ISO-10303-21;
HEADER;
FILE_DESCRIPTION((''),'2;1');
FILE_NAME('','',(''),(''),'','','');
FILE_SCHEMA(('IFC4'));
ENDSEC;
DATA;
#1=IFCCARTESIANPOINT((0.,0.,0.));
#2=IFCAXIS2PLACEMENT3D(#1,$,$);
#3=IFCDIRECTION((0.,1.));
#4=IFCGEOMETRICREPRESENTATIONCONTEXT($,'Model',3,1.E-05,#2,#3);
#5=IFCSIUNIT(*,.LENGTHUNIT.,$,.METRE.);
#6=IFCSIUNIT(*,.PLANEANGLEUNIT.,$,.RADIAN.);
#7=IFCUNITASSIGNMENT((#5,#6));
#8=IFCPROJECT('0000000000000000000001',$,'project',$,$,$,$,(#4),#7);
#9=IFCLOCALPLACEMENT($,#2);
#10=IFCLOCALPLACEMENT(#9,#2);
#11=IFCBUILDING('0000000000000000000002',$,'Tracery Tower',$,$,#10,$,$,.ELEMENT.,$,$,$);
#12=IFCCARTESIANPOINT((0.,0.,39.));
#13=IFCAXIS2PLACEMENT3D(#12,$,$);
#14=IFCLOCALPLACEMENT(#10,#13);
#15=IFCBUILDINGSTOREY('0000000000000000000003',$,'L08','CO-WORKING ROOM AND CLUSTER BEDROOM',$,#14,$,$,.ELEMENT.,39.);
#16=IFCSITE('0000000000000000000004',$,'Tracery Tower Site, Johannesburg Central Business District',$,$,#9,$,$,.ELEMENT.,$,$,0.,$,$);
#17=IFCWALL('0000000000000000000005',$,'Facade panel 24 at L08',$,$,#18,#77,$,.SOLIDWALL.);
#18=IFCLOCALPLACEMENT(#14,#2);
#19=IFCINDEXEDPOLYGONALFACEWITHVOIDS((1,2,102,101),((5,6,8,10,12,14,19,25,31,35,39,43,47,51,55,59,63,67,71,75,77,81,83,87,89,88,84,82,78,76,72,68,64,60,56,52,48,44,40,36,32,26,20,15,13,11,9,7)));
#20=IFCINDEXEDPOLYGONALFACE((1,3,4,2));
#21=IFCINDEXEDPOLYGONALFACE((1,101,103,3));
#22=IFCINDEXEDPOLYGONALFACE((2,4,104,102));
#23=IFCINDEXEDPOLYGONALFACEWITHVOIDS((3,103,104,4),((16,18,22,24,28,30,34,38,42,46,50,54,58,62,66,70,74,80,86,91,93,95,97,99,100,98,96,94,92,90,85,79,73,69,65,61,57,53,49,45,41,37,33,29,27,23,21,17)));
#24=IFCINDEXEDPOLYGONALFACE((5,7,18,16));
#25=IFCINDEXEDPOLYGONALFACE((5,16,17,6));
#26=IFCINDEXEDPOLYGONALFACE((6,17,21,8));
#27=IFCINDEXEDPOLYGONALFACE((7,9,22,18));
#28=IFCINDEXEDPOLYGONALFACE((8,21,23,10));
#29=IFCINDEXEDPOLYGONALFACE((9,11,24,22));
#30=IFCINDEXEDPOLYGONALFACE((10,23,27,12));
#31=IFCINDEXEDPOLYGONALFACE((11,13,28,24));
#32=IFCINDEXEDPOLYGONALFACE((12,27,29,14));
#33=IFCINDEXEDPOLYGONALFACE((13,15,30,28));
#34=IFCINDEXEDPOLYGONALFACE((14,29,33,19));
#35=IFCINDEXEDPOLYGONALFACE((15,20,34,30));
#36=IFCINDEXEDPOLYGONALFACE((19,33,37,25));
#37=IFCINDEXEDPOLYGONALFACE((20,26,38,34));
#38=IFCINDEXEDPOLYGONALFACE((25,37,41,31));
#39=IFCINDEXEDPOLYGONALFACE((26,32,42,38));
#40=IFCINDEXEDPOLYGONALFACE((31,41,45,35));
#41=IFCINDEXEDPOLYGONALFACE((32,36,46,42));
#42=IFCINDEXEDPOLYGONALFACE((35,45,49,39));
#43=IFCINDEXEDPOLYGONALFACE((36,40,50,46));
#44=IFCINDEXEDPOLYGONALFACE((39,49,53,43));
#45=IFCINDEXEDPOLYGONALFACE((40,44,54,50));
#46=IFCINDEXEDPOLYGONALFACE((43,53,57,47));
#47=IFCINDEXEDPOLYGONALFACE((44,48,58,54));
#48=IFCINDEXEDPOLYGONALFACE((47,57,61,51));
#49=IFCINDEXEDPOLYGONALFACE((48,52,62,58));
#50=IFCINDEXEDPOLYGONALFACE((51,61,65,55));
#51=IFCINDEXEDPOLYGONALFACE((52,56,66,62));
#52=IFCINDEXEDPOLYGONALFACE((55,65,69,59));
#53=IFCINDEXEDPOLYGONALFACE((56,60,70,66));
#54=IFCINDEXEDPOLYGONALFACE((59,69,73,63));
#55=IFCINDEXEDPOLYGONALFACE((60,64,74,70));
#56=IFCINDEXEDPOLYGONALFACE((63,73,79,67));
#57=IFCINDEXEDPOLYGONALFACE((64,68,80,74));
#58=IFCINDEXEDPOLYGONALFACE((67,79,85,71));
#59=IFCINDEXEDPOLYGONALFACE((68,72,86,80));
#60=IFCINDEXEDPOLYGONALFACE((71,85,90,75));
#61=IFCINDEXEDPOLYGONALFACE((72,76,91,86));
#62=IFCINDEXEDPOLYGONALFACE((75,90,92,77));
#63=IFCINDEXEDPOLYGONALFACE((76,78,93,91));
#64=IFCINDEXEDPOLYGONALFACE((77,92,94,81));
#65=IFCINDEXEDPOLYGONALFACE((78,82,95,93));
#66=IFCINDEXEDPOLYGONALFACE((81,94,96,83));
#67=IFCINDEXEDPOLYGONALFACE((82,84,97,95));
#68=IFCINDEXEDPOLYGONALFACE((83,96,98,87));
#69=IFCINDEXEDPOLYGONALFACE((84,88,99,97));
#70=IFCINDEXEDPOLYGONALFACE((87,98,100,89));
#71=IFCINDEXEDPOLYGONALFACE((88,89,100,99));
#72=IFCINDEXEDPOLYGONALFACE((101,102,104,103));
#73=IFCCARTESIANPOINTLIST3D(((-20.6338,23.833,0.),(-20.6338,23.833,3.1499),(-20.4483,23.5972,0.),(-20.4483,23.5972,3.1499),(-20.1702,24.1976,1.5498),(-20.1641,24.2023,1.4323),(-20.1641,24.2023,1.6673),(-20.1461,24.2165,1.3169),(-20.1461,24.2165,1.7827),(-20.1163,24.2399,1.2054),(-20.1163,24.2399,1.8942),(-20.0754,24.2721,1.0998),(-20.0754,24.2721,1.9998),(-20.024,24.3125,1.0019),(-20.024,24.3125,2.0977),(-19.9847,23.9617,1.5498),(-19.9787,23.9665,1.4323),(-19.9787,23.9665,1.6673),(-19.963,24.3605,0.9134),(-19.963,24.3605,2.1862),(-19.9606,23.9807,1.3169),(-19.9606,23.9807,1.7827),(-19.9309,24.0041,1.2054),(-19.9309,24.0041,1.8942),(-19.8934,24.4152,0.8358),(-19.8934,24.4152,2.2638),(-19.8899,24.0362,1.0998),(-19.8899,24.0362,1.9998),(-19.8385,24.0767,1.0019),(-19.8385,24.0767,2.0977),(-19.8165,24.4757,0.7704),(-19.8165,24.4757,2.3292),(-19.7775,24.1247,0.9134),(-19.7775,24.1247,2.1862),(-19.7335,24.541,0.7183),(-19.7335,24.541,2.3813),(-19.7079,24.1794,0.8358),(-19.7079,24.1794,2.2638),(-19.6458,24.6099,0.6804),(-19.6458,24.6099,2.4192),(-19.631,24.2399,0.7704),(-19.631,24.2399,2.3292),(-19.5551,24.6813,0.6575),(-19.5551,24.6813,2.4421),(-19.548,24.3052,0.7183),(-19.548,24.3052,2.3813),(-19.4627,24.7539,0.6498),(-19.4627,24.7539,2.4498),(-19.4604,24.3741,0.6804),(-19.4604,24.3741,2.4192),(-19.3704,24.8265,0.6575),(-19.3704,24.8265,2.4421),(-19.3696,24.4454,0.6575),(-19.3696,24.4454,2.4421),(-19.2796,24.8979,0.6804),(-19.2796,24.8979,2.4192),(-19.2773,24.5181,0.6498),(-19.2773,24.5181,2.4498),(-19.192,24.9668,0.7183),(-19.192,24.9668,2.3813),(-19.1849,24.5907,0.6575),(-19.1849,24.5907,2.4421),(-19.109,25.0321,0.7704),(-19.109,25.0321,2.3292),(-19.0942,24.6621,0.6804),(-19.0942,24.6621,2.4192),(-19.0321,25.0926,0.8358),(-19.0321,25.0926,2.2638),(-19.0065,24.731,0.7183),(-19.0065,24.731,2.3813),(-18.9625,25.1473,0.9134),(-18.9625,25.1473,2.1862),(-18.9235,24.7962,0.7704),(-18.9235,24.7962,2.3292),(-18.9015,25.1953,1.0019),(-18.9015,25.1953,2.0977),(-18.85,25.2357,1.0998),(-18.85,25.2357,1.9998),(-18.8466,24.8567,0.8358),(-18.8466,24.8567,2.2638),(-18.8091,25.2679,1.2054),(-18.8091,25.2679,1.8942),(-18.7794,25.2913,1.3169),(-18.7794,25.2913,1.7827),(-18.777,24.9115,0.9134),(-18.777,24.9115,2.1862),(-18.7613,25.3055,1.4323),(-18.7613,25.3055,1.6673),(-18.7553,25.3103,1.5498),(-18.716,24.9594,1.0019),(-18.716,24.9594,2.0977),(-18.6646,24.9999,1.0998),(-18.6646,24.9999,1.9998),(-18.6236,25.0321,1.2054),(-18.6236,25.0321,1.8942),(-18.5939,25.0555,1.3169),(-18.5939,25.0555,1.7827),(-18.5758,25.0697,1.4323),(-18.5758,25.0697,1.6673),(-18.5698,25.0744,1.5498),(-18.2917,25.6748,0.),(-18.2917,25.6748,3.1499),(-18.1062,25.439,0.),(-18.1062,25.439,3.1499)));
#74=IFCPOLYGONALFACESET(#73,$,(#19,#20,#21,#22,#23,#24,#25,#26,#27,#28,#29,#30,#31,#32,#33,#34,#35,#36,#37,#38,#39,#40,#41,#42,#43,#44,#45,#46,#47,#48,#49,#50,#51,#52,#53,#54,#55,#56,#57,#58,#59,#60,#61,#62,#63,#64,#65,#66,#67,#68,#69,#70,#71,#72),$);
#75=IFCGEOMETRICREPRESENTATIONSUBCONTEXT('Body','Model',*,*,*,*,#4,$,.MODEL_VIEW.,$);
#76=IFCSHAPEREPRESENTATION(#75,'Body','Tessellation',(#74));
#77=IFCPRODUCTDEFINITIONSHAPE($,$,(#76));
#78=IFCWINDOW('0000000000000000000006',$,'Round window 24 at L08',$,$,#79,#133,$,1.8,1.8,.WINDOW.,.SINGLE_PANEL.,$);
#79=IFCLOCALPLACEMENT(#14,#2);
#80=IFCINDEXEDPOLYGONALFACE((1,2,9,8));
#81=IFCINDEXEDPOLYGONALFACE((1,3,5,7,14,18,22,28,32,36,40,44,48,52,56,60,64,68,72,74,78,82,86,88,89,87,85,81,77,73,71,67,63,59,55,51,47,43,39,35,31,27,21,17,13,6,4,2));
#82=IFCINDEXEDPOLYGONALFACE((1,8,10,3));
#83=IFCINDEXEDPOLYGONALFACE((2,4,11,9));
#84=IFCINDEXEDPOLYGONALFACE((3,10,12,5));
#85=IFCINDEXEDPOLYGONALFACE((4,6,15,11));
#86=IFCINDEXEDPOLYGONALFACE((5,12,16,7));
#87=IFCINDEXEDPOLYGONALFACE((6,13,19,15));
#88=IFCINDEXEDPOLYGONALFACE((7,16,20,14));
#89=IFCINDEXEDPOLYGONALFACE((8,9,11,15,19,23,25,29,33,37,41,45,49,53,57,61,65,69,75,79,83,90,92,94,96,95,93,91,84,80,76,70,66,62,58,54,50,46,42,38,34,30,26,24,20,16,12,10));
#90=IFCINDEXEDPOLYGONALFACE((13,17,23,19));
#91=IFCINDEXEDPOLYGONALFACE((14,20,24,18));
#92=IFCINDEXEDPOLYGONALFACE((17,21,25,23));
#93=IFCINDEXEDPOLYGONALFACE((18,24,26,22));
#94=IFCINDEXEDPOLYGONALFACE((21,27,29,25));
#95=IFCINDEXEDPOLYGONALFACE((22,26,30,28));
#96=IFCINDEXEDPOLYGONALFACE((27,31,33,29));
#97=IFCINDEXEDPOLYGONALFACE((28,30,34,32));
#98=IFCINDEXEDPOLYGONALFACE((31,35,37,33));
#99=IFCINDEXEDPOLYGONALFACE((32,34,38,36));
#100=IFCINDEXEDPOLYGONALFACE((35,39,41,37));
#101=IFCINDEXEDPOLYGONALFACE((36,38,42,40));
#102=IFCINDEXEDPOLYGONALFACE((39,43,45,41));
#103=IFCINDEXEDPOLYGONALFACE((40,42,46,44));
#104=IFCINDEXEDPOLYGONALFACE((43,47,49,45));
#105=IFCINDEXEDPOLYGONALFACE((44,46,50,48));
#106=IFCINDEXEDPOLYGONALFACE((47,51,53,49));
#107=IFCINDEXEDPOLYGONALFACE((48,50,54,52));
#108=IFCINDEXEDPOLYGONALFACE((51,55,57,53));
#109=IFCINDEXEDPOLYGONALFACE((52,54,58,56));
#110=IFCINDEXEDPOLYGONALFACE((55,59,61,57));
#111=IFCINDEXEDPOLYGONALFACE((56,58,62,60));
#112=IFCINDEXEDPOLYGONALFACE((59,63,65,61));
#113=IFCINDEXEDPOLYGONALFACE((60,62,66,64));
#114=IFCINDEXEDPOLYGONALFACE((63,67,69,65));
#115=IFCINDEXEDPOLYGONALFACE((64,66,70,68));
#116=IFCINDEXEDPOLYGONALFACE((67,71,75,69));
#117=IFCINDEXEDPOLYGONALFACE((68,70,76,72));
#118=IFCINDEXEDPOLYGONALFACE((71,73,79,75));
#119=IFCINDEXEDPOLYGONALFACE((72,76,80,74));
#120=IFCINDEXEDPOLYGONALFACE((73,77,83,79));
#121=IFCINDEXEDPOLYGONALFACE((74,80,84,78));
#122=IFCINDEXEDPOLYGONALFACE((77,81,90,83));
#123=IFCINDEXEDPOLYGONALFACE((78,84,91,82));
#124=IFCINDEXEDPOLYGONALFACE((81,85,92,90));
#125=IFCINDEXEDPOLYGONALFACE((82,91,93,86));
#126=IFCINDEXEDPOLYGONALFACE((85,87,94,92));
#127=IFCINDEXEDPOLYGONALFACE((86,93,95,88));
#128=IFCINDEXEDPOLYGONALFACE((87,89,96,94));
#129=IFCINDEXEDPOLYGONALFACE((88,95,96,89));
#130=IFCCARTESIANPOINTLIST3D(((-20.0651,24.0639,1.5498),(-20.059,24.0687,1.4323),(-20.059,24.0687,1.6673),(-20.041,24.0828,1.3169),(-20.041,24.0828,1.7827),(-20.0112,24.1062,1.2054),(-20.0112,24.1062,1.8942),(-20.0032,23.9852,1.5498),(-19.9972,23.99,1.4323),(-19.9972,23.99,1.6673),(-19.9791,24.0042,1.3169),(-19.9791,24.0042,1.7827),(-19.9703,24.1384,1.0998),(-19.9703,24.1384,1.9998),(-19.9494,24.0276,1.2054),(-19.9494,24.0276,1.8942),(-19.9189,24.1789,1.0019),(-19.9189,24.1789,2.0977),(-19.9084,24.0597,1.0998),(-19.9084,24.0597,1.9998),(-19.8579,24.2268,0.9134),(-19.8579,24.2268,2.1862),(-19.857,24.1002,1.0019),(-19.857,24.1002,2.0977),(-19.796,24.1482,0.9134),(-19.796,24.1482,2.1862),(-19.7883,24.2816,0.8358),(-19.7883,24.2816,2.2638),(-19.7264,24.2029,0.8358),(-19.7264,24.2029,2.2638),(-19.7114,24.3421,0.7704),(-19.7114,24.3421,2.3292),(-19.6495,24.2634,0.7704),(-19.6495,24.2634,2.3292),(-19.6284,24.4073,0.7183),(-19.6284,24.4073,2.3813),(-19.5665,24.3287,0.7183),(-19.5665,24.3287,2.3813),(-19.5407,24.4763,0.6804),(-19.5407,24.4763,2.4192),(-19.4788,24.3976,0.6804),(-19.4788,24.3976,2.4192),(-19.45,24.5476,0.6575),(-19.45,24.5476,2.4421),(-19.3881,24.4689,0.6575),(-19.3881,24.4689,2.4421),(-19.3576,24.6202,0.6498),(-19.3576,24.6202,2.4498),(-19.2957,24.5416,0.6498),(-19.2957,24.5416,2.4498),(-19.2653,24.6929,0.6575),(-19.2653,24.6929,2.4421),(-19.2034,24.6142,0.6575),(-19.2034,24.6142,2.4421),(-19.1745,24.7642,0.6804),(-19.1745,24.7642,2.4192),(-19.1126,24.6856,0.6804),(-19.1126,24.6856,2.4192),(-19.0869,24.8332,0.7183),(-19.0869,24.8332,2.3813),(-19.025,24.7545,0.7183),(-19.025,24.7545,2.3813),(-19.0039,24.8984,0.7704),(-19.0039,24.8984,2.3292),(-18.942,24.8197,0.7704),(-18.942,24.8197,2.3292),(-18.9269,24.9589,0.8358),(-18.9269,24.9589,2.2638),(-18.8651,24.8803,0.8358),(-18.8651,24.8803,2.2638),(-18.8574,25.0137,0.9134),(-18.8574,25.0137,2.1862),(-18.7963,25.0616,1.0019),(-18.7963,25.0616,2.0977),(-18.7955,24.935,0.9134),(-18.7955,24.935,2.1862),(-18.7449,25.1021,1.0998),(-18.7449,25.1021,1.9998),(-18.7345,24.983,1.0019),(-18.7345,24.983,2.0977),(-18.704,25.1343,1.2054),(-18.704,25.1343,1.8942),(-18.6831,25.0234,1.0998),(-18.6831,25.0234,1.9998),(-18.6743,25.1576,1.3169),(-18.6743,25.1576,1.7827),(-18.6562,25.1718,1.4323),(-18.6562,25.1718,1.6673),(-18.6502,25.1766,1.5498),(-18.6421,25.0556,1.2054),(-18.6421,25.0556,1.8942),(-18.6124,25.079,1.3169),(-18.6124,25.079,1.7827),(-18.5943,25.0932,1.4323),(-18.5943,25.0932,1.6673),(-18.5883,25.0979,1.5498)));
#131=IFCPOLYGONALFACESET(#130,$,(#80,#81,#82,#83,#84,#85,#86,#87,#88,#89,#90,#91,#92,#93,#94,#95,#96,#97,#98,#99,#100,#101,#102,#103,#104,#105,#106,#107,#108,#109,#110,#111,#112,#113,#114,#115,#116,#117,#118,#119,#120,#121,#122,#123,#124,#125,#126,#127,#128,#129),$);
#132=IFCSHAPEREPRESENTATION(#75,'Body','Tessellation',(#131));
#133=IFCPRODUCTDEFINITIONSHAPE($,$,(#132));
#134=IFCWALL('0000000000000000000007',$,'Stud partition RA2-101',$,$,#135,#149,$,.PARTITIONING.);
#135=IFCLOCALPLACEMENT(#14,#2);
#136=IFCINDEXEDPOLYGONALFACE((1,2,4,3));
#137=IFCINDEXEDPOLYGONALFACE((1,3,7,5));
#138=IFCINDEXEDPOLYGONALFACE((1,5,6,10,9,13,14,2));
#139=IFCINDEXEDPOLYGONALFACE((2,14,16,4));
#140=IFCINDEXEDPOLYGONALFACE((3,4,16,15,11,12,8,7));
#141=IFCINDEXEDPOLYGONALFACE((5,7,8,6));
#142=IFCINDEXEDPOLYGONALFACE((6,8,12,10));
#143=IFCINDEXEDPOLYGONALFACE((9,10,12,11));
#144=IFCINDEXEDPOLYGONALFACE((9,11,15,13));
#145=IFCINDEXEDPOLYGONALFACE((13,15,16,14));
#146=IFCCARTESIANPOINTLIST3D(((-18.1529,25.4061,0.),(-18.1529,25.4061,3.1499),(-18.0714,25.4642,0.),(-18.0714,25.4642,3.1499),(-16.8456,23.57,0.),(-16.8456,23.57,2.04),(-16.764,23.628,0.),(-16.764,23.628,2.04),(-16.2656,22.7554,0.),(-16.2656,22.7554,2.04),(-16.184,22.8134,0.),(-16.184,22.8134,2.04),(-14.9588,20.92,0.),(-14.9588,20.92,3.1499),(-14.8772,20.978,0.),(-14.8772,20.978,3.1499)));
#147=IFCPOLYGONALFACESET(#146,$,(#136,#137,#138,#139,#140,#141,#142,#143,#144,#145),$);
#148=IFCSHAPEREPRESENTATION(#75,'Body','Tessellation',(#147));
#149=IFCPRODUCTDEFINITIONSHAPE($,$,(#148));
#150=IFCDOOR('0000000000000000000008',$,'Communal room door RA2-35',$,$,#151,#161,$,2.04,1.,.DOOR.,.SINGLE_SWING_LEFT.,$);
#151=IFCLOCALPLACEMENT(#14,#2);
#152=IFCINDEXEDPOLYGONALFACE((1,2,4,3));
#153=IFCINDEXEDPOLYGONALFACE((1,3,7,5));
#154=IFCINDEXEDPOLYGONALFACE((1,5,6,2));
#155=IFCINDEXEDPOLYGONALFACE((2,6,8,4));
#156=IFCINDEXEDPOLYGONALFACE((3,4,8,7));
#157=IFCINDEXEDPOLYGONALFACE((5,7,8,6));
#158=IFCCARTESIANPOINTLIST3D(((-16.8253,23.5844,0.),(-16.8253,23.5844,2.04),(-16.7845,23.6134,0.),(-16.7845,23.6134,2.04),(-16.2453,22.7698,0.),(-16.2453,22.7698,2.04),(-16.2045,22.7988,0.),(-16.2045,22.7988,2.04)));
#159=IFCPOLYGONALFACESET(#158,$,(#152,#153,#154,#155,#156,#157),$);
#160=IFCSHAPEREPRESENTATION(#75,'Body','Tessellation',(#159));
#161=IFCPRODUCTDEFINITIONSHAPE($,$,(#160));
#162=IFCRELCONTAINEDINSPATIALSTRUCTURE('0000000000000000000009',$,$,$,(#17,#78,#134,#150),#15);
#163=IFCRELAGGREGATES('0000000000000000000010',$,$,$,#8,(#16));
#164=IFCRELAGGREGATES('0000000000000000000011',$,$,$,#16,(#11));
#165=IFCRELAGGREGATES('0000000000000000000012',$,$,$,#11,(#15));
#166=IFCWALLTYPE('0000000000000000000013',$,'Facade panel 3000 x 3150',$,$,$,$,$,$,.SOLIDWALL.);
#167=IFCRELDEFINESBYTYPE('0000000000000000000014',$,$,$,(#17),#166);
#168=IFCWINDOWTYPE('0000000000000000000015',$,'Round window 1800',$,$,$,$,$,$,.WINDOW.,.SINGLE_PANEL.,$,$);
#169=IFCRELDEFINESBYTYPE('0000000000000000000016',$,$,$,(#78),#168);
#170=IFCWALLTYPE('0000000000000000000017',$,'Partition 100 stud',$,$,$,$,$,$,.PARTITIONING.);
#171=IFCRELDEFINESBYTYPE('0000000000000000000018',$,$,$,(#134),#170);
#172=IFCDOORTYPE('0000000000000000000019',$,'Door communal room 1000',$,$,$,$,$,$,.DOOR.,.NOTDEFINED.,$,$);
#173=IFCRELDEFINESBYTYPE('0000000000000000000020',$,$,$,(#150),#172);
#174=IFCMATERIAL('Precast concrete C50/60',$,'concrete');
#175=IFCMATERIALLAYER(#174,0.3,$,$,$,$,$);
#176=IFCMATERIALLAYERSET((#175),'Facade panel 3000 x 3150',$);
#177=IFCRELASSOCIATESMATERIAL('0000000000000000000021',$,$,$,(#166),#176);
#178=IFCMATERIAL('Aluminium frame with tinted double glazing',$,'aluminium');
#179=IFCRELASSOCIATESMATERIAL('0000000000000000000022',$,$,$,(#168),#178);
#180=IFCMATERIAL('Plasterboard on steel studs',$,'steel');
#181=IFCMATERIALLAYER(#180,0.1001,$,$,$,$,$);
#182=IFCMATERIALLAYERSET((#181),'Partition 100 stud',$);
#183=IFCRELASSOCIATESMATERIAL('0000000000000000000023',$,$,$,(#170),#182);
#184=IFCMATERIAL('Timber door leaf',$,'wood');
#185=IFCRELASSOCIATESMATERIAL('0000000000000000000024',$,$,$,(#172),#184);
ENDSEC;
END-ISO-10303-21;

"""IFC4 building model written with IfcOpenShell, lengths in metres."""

from ifc_helpers import new_model, si_unit, direction, frame, frame_2d, origin, origin_2d, place, context, subcontext, project, spatial, rectangle, circle, extrude, material, layer, layer_set, type_object, element, fill, save


model = new_model("IFC4")

# Units and contexts
model_context = context("Model", 3, precision=1e-05, world=origin(), true_north=direction((0.0, 1.0)))
body_context = subcontext(model_context, "Body", "Model", "MODEL_VIEW")
ifc_project = project(units=[si_unit("LENGTHUNIT", "METRE"), si_unit("PLANEANGLEUNIT", "RADIAN")], contexts=[model_context])

# Site, building, storey
site_placement = place(None, origin())
site = spatial("IfcSite", under=ifc_project, at=site_placement, Name="Tracery Tower Site, Johannesburg Central Business District", CompositionType="ELEMENT", RefElevation=0.0)
building_placement = place(site_placement, origin())
building = spatial("IfcBuilding", under=site, at=building_placement, Name="Tracery Tower", CompositionType="ELEMENT")
storey_placement = place(building_placement, frame((0.0, 0.0, 39.0)))
storey = spatial("IfcBuildingStorey", under=building, at=storey_placement, Name="L08", Description="CO-WORKING ROOM AND CLUSTER BEDROOM", CompositionType="ELEMENT", Elevation=39.0)

# Wall, opening, window
ifc_material_1 = material(Name="Precast concrete C50/60", Category="concrete")
ifc_layer_1 = layer(ifc_material_1, 0.3)
ifc_layer_set_1 = layer_set([ifc_layer_1], Name="Facade panel 3000 x 3150")
wall_type_1 = type_object("IfcWallType", Name="Facade panel 3000 x 3150", PredefinedType="SOLIDWALL", material=ifc_layer_set_1)
ifc_material_2 = material(Name="Aluminium frame with tinted double glazing", Category="aluminium")
window_type = type_object("IfcWindowType", Name="Round window 1800", PartitioningType="SINGLE_PANEL", PredefinedType="WINDOW", material=ifc_material_2)
wall_1_placement = place(storey_placement, frame((-18.199, 25.5569, 0.0), z_axis=(0.0, 0.0, 1.0), x_axis=(-0.786054, -0.618158, 0.0)))
wall_1 = element("IfcWall", 1, at=wall_1_placement, inside=storey, type_object=wall_type_1, Name="Facade panel 24 at L08", PredefinedType="SOLIDWALL", context=body_context, shape_type="SweptSolid", body=[
    extrude(rectangle(XDim=2.9795, YDim=0.3, at=frame_2d((1.4897, 0.0))), origin(), (0.0, 0.0, 1.0), 3.1499),
])
opening_1_placement = place(wall_1_placement, frame((1.4897, 0.0, 1.5498)))
opening_1 = element("IfcOpeningElement", 2, at=opening_1_placement, cuts=wall_1, PredefinedType="OPENING", context=body_context, shape_type="SweptSolid", body=[
    extrude(circle(Radius=0.9, at=origin_2d()), frame((0.0, 0.1599, 0.0), z_axis=(0.0, -1.0, 0.0), x_axis=(1.0, 0.0, 0.0)), (0.0, 0.0, 1.0), 0.3201),
])
window_1_placement = place(opening_1_placement, origin())
window_1 = element("IfcWindow", 3, at=window_1_placement, inside=storey, type_object=window_type, Name="Round window 24 at L08", OverallHeight=1.8, OverallWidth=1.8, PartitioningType="SINGLE_PANEL", PredefinedType="WINDOW", context=body_context, shape_type="SweptSolid", body=[
    extrude(circle(Radius=0.9, at=origin_2d()), frame((0.0, 0.1201, 0.0), z_axis=(0.0, -1.0, 0.0), x_axis=(1.0, 0.0, 0.0)), (0.0, 0.0, 1.0), 0.1001),
])
fill(opening_1, window_1)

# Wall, opening, door
ifc_material_3 = material(Name="Plasterboard on steel studs", Category="steel")
ifc_layer_2 = layer(ifc_material_3, 0.1001)
ifc_layer_set_2 = layer_set([ifc_layer_2], Name="Partition 100 stud")
wall_type_2 = type_object("IfcWallType", Name="Partition 100 stud", PredefinedType="PARTITIONING", material=ifc_layer_set_2)
wall_2_placement = place(storey_placement, frame((-18.1121, 25.4351, 0.0), z_axis=(0.0, 0.0, 1.0), x_axis=(0.580005, -0.814613, 0.0)))
wall_2 = element("IfcWall", 4, at=wall_2_placement, inside=storey, type_object=wall_type_2, Name="Stud partition RA2-101", PredefinedType="PARTITIONING", context=body_context, shape_type="SweptSolid", body=[
    extrude(rectangle(XDim=5.5071, YDim=0.1001, at=frame_2d((2.7534, 0.0))), origin(), (0.0, 0.0, 1.0), 3.1499),
])
opening_2_placement = place(wall_2_placement, frame((2.2539, 0.0, 0.0)))
opening_2 = element("IfcOpeningElement", 5, at=opening_2_placement, cuts=wall_2, PredefinedType="OPENING", context=body_context, shape_type="SweptSolid", body=[
    extrude(rectangle(XDim=1.0, YDim=2.04, at=frame_2d((0.5, 1.02))), frame((0.0, 0.05, 0.0), z_axis=(0.0, -1.0, 0.0), x_axis=(1.0, 0.0, 0.0)), (0.0, 0.0, 1.0), 0.1001),
])
ifc_material_4 = material(Name="Timber door leaf", Category="wood")
door_type_1 = type_object("IfcDoorType", Name="Door communal room 1000", OperationType="NOTDEFINED", PredefinedType="DOOR", material=ifc_material_4)
door_1_placement = place(opening_2_placement, origin())
door_1 = element("IfcDoor", 6, at=door_1_placement, inside=storey, type_object=door_type_1, Name="Communal room door RA2-35", OperationType="SINGLE_SWING_LEFT", OverallHeight=2.04, OverallWidth=1.0, PredefinedType="DOOR", context=body_context, shape_type="SweptSolid", body=[
    extrude(rectangle(XDim=1.0, YDim=2.04, at=frame_2d((0.5, 1.02))), frame((0.0, 0.0249, 0.0), z_axis=(0.0, -1.0, 0.0), x_axis=(1.0, 0.0, 0.0)), (0.0, 0.0, 1.0), 0.05),
])
fill(opening_2, door_1)

save(model, "model.ifc")
